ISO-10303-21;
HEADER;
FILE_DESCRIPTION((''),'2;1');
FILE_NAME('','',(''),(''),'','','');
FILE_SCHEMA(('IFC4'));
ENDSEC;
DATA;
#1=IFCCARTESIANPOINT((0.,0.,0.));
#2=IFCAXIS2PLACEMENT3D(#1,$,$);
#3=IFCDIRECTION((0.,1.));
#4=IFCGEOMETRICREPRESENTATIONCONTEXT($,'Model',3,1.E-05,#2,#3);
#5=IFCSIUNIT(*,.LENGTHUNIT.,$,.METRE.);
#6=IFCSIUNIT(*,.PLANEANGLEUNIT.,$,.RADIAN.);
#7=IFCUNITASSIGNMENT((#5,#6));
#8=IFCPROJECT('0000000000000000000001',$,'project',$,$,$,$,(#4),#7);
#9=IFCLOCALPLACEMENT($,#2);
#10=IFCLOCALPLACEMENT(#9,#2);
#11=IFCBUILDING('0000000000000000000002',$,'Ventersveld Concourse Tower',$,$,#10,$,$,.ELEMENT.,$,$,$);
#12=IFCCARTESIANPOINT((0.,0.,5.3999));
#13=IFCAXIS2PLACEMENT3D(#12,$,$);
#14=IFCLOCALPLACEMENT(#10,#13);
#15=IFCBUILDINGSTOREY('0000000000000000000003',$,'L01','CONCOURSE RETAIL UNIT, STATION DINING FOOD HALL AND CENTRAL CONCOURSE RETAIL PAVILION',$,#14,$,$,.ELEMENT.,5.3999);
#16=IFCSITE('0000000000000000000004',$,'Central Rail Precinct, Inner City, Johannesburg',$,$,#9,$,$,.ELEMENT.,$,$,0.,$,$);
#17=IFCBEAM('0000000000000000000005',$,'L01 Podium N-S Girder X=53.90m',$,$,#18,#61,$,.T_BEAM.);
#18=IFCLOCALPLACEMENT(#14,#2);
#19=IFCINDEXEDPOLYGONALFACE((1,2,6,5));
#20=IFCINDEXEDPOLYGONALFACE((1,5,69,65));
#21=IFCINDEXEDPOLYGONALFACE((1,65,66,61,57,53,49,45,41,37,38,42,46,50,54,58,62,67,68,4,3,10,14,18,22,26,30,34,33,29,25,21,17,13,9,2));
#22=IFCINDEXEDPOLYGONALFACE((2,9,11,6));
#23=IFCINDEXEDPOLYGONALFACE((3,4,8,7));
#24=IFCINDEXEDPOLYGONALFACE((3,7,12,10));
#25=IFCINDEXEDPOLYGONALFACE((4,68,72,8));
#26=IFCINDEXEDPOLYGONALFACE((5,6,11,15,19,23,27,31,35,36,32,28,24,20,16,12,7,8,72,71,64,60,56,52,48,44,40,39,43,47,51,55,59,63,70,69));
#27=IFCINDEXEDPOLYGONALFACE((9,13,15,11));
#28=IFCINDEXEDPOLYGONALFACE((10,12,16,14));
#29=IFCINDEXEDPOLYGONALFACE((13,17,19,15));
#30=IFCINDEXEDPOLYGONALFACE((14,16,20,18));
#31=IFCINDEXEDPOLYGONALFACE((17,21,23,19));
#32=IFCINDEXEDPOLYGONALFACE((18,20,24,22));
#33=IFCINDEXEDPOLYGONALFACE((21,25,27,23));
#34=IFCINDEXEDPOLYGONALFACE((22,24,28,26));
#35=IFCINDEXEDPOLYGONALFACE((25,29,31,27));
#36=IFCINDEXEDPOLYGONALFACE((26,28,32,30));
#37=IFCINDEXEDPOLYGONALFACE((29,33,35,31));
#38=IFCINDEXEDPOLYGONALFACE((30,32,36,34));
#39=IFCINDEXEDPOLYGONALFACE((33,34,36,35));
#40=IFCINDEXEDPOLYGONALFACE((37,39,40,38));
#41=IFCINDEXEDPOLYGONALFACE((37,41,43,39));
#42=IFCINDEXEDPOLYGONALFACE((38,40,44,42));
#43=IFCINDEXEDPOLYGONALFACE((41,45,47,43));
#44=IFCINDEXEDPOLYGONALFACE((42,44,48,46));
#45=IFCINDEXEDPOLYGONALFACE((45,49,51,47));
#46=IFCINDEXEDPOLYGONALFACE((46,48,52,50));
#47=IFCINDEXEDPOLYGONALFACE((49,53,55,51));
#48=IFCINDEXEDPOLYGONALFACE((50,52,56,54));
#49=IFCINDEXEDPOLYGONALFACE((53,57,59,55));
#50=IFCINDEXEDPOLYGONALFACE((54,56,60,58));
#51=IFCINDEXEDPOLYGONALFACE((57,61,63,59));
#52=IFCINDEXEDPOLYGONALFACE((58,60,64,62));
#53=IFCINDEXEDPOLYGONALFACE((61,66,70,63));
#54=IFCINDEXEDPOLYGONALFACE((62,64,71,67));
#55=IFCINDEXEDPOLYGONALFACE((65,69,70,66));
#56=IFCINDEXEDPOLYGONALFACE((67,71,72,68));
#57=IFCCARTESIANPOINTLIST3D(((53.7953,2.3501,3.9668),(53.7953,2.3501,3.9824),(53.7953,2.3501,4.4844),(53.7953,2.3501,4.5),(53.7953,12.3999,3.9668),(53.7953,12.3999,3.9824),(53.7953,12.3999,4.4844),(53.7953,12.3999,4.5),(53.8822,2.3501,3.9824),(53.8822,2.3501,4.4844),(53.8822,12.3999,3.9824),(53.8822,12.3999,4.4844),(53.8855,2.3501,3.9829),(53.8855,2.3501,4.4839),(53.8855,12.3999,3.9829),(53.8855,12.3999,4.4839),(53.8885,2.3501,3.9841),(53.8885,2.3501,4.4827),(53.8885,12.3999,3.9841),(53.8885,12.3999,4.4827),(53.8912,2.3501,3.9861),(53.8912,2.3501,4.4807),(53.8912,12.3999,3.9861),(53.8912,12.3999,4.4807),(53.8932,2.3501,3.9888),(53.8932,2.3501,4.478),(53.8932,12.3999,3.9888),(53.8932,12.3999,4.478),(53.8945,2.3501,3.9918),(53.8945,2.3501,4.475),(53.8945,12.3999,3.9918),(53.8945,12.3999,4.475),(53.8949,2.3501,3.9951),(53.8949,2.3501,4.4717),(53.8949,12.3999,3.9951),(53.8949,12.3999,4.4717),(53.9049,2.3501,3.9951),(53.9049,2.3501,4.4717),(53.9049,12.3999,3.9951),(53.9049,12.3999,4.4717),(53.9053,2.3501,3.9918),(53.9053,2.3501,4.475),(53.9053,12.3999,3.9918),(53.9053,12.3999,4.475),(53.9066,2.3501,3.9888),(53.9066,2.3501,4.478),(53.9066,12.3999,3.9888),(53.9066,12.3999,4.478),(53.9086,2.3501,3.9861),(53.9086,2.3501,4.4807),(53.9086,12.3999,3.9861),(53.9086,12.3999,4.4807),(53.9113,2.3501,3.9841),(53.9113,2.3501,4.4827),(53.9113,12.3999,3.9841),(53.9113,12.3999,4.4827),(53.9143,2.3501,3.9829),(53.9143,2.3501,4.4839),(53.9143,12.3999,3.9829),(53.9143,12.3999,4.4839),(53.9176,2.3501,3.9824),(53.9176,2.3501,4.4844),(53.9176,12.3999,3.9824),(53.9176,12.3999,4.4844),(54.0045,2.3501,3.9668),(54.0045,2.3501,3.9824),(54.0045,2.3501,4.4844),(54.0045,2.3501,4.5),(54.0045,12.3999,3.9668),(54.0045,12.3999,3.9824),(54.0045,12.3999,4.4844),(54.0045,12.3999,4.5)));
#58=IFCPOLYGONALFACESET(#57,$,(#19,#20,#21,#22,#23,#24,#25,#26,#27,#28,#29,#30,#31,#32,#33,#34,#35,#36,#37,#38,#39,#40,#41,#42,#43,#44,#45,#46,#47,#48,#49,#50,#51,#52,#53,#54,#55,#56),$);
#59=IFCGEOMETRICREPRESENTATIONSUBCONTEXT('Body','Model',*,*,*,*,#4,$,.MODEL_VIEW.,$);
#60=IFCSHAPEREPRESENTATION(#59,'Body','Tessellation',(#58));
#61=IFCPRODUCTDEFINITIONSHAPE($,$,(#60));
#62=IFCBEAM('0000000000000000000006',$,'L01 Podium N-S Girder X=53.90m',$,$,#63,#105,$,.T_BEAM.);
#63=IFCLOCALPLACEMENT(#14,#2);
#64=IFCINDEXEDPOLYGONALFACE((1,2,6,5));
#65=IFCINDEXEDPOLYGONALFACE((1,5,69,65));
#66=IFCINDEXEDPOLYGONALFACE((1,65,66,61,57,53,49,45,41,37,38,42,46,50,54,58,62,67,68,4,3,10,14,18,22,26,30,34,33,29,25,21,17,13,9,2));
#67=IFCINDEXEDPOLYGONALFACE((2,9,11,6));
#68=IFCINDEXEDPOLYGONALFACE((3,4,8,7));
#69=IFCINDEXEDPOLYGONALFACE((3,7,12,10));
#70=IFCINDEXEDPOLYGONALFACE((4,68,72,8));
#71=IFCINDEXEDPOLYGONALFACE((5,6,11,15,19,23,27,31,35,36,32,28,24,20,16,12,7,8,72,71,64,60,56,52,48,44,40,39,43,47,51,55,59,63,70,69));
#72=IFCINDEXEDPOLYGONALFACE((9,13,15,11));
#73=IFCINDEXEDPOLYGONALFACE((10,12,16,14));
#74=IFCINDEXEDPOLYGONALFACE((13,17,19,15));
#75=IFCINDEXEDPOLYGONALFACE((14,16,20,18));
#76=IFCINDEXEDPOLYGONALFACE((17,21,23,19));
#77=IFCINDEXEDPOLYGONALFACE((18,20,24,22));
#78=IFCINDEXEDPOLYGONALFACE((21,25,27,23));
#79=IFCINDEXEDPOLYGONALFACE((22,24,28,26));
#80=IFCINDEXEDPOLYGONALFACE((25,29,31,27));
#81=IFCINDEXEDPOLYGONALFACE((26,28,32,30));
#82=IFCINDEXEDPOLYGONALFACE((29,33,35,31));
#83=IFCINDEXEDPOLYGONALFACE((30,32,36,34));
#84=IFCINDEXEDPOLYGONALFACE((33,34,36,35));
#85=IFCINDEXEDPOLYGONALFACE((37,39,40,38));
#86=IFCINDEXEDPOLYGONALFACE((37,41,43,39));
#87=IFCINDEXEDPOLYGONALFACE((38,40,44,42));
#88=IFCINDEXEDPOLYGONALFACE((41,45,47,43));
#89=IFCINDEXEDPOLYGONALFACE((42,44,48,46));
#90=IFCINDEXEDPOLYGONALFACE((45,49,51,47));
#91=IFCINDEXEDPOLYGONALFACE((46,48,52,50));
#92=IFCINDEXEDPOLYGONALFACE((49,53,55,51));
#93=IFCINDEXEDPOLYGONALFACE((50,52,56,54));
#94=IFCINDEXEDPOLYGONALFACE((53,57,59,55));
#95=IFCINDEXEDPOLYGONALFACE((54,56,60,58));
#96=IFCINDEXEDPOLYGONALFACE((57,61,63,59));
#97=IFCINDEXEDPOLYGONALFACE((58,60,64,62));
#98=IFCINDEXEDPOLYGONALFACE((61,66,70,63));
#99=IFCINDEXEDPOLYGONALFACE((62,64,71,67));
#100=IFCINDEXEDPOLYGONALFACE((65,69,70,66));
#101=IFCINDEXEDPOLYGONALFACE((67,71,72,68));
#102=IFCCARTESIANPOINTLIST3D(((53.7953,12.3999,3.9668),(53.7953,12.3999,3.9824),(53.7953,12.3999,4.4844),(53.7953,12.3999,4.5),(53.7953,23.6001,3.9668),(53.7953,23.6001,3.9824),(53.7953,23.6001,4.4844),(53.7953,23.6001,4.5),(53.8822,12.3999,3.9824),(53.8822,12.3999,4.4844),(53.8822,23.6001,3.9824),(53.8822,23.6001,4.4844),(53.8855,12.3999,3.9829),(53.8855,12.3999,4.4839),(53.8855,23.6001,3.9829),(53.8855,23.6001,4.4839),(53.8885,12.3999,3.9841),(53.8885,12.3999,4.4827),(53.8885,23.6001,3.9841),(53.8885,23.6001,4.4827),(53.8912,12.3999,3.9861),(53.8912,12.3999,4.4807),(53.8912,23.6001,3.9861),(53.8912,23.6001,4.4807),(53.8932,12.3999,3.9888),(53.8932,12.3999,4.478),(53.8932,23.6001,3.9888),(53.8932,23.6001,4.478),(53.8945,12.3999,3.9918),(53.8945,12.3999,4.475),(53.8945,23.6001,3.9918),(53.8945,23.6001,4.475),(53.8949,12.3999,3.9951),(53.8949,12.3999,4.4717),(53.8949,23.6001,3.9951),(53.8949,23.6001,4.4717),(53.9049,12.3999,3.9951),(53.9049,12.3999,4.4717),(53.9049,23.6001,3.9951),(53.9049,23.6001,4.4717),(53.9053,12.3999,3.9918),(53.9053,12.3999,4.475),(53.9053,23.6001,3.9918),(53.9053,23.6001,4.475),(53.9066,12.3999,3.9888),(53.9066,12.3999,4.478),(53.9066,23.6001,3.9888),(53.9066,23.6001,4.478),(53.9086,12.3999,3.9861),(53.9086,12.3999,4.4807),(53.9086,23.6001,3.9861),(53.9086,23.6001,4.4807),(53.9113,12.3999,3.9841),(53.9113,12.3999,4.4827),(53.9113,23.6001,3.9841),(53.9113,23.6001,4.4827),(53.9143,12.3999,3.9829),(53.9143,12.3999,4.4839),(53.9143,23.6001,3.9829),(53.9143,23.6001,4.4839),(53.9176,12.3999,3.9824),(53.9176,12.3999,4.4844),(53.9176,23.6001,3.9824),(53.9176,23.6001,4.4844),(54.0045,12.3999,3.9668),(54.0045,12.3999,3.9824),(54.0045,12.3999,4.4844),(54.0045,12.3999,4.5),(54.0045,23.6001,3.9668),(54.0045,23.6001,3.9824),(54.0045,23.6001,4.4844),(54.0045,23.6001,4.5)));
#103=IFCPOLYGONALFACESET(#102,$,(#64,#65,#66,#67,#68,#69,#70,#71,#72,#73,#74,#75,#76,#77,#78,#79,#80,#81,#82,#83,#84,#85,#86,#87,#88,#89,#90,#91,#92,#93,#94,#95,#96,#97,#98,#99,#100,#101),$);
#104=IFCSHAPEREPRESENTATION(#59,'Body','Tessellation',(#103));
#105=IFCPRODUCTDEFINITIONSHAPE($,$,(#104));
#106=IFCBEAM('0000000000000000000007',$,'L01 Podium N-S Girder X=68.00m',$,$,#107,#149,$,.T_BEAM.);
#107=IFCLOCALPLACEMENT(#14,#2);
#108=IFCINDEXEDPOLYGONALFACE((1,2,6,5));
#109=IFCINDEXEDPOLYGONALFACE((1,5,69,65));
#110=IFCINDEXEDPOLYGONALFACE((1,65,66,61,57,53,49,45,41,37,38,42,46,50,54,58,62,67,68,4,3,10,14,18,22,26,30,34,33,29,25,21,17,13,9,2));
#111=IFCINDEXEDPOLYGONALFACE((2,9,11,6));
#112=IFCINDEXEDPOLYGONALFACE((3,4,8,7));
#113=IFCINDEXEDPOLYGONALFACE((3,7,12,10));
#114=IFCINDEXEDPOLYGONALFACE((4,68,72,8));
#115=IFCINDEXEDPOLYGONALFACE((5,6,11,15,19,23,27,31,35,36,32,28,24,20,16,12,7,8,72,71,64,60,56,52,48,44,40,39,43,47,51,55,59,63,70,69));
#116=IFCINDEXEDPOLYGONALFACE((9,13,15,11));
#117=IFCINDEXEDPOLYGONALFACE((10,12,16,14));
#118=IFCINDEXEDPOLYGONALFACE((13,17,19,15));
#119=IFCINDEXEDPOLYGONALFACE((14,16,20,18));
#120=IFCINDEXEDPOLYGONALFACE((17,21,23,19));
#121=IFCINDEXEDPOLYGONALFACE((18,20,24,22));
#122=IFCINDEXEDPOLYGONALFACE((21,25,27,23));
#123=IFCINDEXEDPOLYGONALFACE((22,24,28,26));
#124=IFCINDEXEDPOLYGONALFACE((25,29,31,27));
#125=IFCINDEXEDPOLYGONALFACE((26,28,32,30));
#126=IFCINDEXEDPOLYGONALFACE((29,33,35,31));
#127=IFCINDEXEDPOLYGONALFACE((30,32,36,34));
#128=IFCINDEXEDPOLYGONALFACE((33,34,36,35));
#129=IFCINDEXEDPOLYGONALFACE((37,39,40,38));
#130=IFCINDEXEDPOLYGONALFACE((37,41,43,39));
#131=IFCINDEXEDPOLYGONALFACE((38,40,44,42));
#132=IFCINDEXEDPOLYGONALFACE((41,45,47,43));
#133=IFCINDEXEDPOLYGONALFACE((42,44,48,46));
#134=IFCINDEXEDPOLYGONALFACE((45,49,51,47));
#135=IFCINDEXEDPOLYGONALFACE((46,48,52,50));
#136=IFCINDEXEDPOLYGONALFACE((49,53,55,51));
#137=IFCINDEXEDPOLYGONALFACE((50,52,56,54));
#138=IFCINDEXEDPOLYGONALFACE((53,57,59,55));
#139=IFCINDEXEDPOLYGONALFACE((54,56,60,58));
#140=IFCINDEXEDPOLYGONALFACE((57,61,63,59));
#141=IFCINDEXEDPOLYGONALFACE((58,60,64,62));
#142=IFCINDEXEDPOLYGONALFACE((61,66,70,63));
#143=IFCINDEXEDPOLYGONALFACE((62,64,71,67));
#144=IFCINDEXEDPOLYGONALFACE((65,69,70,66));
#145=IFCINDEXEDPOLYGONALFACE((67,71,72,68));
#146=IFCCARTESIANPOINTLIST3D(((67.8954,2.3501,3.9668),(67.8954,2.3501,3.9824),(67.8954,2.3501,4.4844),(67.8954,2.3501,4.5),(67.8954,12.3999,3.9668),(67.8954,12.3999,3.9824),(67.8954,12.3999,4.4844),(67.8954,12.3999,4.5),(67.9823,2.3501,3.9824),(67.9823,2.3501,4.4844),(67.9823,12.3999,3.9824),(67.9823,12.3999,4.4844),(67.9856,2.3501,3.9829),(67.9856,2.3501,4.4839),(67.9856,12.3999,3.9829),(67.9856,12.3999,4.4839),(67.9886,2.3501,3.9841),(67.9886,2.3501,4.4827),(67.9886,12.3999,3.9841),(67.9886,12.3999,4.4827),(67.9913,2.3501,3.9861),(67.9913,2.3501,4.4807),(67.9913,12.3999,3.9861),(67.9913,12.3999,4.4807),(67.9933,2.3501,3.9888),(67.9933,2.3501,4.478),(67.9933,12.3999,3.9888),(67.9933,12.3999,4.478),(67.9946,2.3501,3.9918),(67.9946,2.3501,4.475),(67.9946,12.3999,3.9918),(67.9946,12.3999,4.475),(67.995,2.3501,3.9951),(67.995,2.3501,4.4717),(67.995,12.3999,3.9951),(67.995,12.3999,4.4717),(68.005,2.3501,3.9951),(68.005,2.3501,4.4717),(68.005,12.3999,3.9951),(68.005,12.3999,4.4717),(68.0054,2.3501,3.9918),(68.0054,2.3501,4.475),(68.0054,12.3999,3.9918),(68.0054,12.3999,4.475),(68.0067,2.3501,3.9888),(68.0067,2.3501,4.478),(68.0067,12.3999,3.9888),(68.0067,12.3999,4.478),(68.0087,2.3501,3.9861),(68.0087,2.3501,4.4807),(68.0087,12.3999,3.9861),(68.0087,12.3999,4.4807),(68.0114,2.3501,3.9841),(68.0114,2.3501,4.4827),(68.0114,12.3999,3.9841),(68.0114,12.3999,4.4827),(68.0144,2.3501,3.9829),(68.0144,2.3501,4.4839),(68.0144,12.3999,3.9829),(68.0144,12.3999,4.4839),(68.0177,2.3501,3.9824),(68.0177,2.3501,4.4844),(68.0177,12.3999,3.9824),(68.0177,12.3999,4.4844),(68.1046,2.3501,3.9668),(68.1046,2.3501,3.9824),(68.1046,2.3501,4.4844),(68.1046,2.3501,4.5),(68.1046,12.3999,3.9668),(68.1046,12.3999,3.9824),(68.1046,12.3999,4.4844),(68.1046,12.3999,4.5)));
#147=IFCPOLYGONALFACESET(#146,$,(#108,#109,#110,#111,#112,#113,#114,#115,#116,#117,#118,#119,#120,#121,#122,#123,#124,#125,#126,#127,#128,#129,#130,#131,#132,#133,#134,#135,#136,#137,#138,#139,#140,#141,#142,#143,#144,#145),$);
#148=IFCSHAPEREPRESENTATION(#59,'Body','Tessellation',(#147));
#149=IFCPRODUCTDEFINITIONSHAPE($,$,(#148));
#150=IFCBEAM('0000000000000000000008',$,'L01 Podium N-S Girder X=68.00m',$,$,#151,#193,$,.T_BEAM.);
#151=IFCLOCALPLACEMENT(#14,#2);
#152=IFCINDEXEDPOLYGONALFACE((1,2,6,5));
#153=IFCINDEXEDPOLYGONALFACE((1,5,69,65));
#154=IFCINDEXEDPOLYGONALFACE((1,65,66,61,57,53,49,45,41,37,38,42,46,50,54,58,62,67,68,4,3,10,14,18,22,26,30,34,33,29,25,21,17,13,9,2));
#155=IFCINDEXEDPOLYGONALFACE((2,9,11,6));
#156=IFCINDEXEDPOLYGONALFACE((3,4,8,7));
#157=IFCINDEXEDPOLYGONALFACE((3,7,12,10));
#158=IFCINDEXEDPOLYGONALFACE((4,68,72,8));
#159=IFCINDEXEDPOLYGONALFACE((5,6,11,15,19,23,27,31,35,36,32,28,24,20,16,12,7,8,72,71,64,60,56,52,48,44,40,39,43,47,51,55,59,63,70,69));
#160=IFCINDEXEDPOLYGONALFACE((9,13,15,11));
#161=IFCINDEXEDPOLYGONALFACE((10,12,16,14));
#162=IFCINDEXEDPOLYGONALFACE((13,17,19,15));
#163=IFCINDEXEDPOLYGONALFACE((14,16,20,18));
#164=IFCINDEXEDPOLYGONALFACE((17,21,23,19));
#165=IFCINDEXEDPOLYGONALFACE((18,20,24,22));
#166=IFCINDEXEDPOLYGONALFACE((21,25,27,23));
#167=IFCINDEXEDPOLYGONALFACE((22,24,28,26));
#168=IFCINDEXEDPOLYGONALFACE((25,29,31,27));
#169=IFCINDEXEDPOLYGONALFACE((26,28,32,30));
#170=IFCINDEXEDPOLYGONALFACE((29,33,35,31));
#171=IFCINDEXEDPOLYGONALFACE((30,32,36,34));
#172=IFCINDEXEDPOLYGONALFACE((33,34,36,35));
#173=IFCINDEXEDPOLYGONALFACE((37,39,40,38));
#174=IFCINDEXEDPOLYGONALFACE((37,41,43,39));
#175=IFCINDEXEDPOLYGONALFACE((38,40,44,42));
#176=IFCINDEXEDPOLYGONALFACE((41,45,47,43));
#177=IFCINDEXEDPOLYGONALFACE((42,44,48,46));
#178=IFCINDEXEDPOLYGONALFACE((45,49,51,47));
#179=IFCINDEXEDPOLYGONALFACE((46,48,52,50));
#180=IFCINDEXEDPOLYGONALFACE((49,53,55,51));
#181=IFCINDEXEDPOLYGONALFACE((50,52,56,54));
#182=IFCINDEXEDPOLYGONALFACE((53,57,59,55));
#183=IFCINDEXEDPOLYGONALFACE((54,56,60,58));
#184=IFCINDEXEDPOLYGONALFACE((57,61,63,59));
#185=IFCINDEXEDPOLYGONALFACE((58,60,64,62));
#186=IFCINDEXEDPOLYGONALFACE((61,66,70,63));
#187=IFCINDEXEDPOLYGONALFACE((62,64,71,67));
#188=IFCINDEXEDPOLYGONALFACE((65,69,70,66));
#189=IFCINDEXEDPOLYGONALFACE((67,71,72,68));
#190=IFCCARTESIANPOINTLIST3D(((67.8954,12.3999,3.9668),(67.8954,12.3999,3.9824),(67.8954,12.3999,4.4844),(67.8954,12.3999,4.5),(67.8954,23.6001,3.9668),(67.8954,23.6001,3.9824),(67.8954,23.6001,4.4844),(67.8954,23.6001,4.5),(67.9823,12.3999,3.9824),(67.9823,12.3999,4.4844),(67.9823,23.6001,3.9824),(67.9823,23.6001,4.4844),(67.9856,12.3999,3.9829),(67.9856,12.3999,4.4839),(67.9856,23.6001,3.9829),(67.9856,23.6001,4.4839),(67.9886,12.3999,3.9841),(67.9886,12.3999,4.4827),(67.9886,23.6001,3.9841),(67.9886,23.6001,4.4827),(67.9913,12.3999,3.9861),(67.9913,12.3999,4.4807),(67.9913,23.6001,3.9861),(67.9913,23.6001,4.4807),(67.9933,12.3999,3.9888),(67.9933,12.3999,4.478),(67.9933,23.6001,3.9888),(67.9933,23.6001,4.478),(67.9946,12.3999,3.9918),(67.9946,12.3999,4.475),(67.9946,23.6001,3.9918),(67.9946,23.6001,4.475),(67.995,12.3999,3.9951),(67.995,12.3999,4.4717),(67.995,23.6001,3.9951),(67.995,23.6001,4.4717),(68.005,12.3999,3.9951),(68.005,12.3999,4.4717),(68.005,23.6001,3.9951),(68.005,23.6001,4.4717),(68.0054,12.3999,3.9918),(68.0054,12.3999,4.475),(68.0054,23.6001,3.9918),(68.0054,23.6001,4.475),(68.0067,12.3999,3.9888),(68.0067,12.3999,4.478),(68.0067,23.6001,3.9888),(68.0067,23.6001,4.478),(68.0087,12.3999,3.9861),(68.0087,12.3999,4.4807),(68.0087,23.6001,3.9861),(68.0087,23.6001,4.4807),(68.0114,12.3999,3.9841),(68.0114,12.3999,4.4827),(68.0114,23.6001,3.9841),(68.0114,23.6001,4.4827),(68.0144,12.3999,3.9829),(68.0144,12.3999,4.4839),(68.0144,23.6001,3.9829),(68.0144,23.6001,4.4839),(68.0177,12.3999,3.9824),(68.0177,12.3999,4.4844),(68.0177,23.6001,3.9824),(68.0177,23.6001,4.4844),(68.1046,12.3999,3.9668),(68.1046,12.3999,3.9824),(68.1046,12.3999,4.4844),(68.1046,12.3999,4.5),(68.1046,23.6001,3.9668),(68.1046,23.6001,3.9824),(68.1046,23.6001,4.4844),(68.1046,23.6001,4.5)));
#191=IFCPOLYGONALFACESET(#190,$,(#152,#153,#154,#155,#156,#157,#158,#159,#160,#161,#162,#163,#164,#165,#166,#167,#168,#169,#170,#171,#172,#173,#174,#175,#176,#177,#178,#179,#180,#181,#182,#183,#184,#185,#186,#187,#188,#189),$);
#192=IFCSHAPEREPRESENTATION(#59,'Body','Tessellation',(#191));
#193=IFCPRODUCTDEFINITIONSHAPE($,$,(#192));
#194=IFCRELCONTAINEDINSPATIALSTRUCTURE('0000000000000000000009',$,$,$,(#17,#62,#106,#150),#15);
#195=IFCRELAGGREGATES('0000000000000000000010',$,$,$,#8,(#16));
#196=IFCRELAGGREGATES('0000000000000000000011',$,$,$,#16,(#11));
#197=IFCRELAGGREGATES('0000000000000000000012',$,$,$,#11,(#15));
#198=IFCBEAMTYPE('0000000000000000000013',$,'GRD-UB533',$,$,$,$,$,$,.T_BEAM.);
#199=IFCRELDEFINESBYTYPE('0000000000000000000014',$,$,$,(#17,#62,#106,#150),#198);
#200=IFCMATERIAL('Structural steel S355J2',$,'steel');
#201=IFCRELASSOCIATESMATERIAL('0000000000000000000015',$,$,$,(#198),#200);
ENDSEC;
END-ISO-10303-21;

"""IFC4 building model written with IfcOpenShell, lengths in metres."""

from ifc_helpers import new_model, si_unit, direction, frame, origin, origin_2d, place, context, subcontext, project, spatial, i_section, extrude, material, material_profile, profile_set, type_object, element, save


model = new_model("IFC4")

# Units and contexts
model_context = context("Model", 3, precision=1e-05, world=origin(), true_north=direction((0.0, 1.0)))
body_context = subcontext(model_context, "Body", "Model", "MODEL_VIEW")
ifc_project = project(units=[si_unit("LENGTHUNIT", "METRE"), si_unit("PLANEANGLEUNIT", "RADIAN")], contexts=[model_context])

# Site, building, storey
site_placement = place(None, origin())
site = spatial("IfcSite", under=ifc_project, at=site_placement, Name="Central Rail Precinct, Inner City, Johannesburg", CompositionType="ELEMENT", RefElevation=0.0)
building_placement = place(site_placement, origin())
building = spatial("IfcBuilding", under=site, at=building_placement, Name="Ventersveld Concourse Tower", CompositionType="ELEMENT")
storey_placement = place(building_placement, frame((0.0, 0.0, 5.3999)))
storey = spatial("IfcBuildingStorey", under=building, at=storey_placement, Name="L01", Description="CONCOURSE RETAIL UNIT, STATION DINING FOOD HALL AND CENTRAL CONCOURSE RETAIL PAVILION", CompositionType="ELEMENT", Elevation=5.3999)

# Beams
ifc_material_1 = material(Name="Structural steel S355J2", Category="steel")
ifc_material_profile_1 = material_profile(ifc_material_1, i_section(OverallWidth=0.2092, OverallDepth=0.5332, WebThickness=0.01, FlangeThickness=0.0156, FilletRadius=0.0127, at=origin_2d()), Name="UB 533x210x92")
ifc_profile_set_1 = profile_set([ifc_material_profile_1], Name="Structural steel S355J2")
beam_type_1 = type_object("IfcBeamType", Name="GRD-UB533", PredefinedType="T_BEAM", material=ifc_profile_set_1)
beam_1_placement = place(storey_placement, frame((53.8999, 2.3501, 4.2334), z_axis=(0.0, 1.0, 0.0), x_axis=(-1.0, 0.0, 0.0)))
element("IfcBeam", 1, at=beam_1_placement, inside=storey, type_object=beam_type_1, Name="L01 Podium N-S Girder X=53.90m", PredefinedType="T_BEAM", context=body_context, shape_type="SweptSolid", body=[
    extrude(i_section(OverallWidth=0.2092, OverallDepth=0.5332, WebThickness=0.01, FlangeThickness=0.0156, FilletRadius=0.0127, at=origin_2d()), origin(), (0.0, 0.0, 1.0), 10.0498),
])
beam_2_placement = place(storey_placement, frame((53.8999, 12.3999, 4.2334), z_axis=(0.0, 1.0, 0.0), x_axis=(-1.0, 0.0, 0.0)))
element("IfcBeam", 2, at=beam_2_placement, inside=storey, type_object=beam_type_1, Name="L01 Podium N-S Girder X=53.90m", PredefinedType="T_BEAM", context=body_context, shape_type="SweptSolid", body=[
    extrude(i_section(OverallWidth=0.2092, OverallDepth=0.5332, WebThickness=0.01, FlangeThickness=0.0156, FilletRadius=0.0127, at=origin_2d()), origin(), (0.0, 0.0, 1.0), 11.2002),
])
beam_3_placement = place(storey_placement, frame((68.0, 2.3501, 4.2334), z_axis=(0.0, 1.0, 0.0), x_axis=(-1.0, 0.0, 0.0)))
element("IfcBeam", 3, at=beam_3_placement, inside=storey, type_object=beam_type_1, Name="L01 Podium N-S Girder X=68.00m", PredefinedType="T_BEAM", context=body_context, shape_type="SweptSolid", body=[
    extrude(i_section(OverallWidth=0.2092, OverallDepth=0.5332, WebThickness=0.01, FlangeThickness=0.0156, FilletRadius=0.0127, at=origin_2d()), origin(), (0.0, 0.0, 1.0), 10.0498),
])
beam_4_placement = place(storey_placement, frame((68.0, 12.3999, 4.2334), z_axis=(0.0, 1.0, 0.0), x_axis=(-1.0, 0.0, 0.0)))
element("IfcBeam", 4, at=beam_4_placement, inside=storey, type_object=beam_type_1, Name="L01 Podium N-S Girder X=68.00m", PredefinedType="T_BEAM", context=body_context, shape_type="SweptSolid", body=[
    extrude(i_section(OverallWidth=0.2092, OverallDepth=0.5332, WebThickness=0.01, FlangeThickness=0.0156, FilletRadius=0.0127, at=origin_2d()), origin(), (0.0, 0.0, 1.0), 11.2002),
])

save(model, "model.ifc")
